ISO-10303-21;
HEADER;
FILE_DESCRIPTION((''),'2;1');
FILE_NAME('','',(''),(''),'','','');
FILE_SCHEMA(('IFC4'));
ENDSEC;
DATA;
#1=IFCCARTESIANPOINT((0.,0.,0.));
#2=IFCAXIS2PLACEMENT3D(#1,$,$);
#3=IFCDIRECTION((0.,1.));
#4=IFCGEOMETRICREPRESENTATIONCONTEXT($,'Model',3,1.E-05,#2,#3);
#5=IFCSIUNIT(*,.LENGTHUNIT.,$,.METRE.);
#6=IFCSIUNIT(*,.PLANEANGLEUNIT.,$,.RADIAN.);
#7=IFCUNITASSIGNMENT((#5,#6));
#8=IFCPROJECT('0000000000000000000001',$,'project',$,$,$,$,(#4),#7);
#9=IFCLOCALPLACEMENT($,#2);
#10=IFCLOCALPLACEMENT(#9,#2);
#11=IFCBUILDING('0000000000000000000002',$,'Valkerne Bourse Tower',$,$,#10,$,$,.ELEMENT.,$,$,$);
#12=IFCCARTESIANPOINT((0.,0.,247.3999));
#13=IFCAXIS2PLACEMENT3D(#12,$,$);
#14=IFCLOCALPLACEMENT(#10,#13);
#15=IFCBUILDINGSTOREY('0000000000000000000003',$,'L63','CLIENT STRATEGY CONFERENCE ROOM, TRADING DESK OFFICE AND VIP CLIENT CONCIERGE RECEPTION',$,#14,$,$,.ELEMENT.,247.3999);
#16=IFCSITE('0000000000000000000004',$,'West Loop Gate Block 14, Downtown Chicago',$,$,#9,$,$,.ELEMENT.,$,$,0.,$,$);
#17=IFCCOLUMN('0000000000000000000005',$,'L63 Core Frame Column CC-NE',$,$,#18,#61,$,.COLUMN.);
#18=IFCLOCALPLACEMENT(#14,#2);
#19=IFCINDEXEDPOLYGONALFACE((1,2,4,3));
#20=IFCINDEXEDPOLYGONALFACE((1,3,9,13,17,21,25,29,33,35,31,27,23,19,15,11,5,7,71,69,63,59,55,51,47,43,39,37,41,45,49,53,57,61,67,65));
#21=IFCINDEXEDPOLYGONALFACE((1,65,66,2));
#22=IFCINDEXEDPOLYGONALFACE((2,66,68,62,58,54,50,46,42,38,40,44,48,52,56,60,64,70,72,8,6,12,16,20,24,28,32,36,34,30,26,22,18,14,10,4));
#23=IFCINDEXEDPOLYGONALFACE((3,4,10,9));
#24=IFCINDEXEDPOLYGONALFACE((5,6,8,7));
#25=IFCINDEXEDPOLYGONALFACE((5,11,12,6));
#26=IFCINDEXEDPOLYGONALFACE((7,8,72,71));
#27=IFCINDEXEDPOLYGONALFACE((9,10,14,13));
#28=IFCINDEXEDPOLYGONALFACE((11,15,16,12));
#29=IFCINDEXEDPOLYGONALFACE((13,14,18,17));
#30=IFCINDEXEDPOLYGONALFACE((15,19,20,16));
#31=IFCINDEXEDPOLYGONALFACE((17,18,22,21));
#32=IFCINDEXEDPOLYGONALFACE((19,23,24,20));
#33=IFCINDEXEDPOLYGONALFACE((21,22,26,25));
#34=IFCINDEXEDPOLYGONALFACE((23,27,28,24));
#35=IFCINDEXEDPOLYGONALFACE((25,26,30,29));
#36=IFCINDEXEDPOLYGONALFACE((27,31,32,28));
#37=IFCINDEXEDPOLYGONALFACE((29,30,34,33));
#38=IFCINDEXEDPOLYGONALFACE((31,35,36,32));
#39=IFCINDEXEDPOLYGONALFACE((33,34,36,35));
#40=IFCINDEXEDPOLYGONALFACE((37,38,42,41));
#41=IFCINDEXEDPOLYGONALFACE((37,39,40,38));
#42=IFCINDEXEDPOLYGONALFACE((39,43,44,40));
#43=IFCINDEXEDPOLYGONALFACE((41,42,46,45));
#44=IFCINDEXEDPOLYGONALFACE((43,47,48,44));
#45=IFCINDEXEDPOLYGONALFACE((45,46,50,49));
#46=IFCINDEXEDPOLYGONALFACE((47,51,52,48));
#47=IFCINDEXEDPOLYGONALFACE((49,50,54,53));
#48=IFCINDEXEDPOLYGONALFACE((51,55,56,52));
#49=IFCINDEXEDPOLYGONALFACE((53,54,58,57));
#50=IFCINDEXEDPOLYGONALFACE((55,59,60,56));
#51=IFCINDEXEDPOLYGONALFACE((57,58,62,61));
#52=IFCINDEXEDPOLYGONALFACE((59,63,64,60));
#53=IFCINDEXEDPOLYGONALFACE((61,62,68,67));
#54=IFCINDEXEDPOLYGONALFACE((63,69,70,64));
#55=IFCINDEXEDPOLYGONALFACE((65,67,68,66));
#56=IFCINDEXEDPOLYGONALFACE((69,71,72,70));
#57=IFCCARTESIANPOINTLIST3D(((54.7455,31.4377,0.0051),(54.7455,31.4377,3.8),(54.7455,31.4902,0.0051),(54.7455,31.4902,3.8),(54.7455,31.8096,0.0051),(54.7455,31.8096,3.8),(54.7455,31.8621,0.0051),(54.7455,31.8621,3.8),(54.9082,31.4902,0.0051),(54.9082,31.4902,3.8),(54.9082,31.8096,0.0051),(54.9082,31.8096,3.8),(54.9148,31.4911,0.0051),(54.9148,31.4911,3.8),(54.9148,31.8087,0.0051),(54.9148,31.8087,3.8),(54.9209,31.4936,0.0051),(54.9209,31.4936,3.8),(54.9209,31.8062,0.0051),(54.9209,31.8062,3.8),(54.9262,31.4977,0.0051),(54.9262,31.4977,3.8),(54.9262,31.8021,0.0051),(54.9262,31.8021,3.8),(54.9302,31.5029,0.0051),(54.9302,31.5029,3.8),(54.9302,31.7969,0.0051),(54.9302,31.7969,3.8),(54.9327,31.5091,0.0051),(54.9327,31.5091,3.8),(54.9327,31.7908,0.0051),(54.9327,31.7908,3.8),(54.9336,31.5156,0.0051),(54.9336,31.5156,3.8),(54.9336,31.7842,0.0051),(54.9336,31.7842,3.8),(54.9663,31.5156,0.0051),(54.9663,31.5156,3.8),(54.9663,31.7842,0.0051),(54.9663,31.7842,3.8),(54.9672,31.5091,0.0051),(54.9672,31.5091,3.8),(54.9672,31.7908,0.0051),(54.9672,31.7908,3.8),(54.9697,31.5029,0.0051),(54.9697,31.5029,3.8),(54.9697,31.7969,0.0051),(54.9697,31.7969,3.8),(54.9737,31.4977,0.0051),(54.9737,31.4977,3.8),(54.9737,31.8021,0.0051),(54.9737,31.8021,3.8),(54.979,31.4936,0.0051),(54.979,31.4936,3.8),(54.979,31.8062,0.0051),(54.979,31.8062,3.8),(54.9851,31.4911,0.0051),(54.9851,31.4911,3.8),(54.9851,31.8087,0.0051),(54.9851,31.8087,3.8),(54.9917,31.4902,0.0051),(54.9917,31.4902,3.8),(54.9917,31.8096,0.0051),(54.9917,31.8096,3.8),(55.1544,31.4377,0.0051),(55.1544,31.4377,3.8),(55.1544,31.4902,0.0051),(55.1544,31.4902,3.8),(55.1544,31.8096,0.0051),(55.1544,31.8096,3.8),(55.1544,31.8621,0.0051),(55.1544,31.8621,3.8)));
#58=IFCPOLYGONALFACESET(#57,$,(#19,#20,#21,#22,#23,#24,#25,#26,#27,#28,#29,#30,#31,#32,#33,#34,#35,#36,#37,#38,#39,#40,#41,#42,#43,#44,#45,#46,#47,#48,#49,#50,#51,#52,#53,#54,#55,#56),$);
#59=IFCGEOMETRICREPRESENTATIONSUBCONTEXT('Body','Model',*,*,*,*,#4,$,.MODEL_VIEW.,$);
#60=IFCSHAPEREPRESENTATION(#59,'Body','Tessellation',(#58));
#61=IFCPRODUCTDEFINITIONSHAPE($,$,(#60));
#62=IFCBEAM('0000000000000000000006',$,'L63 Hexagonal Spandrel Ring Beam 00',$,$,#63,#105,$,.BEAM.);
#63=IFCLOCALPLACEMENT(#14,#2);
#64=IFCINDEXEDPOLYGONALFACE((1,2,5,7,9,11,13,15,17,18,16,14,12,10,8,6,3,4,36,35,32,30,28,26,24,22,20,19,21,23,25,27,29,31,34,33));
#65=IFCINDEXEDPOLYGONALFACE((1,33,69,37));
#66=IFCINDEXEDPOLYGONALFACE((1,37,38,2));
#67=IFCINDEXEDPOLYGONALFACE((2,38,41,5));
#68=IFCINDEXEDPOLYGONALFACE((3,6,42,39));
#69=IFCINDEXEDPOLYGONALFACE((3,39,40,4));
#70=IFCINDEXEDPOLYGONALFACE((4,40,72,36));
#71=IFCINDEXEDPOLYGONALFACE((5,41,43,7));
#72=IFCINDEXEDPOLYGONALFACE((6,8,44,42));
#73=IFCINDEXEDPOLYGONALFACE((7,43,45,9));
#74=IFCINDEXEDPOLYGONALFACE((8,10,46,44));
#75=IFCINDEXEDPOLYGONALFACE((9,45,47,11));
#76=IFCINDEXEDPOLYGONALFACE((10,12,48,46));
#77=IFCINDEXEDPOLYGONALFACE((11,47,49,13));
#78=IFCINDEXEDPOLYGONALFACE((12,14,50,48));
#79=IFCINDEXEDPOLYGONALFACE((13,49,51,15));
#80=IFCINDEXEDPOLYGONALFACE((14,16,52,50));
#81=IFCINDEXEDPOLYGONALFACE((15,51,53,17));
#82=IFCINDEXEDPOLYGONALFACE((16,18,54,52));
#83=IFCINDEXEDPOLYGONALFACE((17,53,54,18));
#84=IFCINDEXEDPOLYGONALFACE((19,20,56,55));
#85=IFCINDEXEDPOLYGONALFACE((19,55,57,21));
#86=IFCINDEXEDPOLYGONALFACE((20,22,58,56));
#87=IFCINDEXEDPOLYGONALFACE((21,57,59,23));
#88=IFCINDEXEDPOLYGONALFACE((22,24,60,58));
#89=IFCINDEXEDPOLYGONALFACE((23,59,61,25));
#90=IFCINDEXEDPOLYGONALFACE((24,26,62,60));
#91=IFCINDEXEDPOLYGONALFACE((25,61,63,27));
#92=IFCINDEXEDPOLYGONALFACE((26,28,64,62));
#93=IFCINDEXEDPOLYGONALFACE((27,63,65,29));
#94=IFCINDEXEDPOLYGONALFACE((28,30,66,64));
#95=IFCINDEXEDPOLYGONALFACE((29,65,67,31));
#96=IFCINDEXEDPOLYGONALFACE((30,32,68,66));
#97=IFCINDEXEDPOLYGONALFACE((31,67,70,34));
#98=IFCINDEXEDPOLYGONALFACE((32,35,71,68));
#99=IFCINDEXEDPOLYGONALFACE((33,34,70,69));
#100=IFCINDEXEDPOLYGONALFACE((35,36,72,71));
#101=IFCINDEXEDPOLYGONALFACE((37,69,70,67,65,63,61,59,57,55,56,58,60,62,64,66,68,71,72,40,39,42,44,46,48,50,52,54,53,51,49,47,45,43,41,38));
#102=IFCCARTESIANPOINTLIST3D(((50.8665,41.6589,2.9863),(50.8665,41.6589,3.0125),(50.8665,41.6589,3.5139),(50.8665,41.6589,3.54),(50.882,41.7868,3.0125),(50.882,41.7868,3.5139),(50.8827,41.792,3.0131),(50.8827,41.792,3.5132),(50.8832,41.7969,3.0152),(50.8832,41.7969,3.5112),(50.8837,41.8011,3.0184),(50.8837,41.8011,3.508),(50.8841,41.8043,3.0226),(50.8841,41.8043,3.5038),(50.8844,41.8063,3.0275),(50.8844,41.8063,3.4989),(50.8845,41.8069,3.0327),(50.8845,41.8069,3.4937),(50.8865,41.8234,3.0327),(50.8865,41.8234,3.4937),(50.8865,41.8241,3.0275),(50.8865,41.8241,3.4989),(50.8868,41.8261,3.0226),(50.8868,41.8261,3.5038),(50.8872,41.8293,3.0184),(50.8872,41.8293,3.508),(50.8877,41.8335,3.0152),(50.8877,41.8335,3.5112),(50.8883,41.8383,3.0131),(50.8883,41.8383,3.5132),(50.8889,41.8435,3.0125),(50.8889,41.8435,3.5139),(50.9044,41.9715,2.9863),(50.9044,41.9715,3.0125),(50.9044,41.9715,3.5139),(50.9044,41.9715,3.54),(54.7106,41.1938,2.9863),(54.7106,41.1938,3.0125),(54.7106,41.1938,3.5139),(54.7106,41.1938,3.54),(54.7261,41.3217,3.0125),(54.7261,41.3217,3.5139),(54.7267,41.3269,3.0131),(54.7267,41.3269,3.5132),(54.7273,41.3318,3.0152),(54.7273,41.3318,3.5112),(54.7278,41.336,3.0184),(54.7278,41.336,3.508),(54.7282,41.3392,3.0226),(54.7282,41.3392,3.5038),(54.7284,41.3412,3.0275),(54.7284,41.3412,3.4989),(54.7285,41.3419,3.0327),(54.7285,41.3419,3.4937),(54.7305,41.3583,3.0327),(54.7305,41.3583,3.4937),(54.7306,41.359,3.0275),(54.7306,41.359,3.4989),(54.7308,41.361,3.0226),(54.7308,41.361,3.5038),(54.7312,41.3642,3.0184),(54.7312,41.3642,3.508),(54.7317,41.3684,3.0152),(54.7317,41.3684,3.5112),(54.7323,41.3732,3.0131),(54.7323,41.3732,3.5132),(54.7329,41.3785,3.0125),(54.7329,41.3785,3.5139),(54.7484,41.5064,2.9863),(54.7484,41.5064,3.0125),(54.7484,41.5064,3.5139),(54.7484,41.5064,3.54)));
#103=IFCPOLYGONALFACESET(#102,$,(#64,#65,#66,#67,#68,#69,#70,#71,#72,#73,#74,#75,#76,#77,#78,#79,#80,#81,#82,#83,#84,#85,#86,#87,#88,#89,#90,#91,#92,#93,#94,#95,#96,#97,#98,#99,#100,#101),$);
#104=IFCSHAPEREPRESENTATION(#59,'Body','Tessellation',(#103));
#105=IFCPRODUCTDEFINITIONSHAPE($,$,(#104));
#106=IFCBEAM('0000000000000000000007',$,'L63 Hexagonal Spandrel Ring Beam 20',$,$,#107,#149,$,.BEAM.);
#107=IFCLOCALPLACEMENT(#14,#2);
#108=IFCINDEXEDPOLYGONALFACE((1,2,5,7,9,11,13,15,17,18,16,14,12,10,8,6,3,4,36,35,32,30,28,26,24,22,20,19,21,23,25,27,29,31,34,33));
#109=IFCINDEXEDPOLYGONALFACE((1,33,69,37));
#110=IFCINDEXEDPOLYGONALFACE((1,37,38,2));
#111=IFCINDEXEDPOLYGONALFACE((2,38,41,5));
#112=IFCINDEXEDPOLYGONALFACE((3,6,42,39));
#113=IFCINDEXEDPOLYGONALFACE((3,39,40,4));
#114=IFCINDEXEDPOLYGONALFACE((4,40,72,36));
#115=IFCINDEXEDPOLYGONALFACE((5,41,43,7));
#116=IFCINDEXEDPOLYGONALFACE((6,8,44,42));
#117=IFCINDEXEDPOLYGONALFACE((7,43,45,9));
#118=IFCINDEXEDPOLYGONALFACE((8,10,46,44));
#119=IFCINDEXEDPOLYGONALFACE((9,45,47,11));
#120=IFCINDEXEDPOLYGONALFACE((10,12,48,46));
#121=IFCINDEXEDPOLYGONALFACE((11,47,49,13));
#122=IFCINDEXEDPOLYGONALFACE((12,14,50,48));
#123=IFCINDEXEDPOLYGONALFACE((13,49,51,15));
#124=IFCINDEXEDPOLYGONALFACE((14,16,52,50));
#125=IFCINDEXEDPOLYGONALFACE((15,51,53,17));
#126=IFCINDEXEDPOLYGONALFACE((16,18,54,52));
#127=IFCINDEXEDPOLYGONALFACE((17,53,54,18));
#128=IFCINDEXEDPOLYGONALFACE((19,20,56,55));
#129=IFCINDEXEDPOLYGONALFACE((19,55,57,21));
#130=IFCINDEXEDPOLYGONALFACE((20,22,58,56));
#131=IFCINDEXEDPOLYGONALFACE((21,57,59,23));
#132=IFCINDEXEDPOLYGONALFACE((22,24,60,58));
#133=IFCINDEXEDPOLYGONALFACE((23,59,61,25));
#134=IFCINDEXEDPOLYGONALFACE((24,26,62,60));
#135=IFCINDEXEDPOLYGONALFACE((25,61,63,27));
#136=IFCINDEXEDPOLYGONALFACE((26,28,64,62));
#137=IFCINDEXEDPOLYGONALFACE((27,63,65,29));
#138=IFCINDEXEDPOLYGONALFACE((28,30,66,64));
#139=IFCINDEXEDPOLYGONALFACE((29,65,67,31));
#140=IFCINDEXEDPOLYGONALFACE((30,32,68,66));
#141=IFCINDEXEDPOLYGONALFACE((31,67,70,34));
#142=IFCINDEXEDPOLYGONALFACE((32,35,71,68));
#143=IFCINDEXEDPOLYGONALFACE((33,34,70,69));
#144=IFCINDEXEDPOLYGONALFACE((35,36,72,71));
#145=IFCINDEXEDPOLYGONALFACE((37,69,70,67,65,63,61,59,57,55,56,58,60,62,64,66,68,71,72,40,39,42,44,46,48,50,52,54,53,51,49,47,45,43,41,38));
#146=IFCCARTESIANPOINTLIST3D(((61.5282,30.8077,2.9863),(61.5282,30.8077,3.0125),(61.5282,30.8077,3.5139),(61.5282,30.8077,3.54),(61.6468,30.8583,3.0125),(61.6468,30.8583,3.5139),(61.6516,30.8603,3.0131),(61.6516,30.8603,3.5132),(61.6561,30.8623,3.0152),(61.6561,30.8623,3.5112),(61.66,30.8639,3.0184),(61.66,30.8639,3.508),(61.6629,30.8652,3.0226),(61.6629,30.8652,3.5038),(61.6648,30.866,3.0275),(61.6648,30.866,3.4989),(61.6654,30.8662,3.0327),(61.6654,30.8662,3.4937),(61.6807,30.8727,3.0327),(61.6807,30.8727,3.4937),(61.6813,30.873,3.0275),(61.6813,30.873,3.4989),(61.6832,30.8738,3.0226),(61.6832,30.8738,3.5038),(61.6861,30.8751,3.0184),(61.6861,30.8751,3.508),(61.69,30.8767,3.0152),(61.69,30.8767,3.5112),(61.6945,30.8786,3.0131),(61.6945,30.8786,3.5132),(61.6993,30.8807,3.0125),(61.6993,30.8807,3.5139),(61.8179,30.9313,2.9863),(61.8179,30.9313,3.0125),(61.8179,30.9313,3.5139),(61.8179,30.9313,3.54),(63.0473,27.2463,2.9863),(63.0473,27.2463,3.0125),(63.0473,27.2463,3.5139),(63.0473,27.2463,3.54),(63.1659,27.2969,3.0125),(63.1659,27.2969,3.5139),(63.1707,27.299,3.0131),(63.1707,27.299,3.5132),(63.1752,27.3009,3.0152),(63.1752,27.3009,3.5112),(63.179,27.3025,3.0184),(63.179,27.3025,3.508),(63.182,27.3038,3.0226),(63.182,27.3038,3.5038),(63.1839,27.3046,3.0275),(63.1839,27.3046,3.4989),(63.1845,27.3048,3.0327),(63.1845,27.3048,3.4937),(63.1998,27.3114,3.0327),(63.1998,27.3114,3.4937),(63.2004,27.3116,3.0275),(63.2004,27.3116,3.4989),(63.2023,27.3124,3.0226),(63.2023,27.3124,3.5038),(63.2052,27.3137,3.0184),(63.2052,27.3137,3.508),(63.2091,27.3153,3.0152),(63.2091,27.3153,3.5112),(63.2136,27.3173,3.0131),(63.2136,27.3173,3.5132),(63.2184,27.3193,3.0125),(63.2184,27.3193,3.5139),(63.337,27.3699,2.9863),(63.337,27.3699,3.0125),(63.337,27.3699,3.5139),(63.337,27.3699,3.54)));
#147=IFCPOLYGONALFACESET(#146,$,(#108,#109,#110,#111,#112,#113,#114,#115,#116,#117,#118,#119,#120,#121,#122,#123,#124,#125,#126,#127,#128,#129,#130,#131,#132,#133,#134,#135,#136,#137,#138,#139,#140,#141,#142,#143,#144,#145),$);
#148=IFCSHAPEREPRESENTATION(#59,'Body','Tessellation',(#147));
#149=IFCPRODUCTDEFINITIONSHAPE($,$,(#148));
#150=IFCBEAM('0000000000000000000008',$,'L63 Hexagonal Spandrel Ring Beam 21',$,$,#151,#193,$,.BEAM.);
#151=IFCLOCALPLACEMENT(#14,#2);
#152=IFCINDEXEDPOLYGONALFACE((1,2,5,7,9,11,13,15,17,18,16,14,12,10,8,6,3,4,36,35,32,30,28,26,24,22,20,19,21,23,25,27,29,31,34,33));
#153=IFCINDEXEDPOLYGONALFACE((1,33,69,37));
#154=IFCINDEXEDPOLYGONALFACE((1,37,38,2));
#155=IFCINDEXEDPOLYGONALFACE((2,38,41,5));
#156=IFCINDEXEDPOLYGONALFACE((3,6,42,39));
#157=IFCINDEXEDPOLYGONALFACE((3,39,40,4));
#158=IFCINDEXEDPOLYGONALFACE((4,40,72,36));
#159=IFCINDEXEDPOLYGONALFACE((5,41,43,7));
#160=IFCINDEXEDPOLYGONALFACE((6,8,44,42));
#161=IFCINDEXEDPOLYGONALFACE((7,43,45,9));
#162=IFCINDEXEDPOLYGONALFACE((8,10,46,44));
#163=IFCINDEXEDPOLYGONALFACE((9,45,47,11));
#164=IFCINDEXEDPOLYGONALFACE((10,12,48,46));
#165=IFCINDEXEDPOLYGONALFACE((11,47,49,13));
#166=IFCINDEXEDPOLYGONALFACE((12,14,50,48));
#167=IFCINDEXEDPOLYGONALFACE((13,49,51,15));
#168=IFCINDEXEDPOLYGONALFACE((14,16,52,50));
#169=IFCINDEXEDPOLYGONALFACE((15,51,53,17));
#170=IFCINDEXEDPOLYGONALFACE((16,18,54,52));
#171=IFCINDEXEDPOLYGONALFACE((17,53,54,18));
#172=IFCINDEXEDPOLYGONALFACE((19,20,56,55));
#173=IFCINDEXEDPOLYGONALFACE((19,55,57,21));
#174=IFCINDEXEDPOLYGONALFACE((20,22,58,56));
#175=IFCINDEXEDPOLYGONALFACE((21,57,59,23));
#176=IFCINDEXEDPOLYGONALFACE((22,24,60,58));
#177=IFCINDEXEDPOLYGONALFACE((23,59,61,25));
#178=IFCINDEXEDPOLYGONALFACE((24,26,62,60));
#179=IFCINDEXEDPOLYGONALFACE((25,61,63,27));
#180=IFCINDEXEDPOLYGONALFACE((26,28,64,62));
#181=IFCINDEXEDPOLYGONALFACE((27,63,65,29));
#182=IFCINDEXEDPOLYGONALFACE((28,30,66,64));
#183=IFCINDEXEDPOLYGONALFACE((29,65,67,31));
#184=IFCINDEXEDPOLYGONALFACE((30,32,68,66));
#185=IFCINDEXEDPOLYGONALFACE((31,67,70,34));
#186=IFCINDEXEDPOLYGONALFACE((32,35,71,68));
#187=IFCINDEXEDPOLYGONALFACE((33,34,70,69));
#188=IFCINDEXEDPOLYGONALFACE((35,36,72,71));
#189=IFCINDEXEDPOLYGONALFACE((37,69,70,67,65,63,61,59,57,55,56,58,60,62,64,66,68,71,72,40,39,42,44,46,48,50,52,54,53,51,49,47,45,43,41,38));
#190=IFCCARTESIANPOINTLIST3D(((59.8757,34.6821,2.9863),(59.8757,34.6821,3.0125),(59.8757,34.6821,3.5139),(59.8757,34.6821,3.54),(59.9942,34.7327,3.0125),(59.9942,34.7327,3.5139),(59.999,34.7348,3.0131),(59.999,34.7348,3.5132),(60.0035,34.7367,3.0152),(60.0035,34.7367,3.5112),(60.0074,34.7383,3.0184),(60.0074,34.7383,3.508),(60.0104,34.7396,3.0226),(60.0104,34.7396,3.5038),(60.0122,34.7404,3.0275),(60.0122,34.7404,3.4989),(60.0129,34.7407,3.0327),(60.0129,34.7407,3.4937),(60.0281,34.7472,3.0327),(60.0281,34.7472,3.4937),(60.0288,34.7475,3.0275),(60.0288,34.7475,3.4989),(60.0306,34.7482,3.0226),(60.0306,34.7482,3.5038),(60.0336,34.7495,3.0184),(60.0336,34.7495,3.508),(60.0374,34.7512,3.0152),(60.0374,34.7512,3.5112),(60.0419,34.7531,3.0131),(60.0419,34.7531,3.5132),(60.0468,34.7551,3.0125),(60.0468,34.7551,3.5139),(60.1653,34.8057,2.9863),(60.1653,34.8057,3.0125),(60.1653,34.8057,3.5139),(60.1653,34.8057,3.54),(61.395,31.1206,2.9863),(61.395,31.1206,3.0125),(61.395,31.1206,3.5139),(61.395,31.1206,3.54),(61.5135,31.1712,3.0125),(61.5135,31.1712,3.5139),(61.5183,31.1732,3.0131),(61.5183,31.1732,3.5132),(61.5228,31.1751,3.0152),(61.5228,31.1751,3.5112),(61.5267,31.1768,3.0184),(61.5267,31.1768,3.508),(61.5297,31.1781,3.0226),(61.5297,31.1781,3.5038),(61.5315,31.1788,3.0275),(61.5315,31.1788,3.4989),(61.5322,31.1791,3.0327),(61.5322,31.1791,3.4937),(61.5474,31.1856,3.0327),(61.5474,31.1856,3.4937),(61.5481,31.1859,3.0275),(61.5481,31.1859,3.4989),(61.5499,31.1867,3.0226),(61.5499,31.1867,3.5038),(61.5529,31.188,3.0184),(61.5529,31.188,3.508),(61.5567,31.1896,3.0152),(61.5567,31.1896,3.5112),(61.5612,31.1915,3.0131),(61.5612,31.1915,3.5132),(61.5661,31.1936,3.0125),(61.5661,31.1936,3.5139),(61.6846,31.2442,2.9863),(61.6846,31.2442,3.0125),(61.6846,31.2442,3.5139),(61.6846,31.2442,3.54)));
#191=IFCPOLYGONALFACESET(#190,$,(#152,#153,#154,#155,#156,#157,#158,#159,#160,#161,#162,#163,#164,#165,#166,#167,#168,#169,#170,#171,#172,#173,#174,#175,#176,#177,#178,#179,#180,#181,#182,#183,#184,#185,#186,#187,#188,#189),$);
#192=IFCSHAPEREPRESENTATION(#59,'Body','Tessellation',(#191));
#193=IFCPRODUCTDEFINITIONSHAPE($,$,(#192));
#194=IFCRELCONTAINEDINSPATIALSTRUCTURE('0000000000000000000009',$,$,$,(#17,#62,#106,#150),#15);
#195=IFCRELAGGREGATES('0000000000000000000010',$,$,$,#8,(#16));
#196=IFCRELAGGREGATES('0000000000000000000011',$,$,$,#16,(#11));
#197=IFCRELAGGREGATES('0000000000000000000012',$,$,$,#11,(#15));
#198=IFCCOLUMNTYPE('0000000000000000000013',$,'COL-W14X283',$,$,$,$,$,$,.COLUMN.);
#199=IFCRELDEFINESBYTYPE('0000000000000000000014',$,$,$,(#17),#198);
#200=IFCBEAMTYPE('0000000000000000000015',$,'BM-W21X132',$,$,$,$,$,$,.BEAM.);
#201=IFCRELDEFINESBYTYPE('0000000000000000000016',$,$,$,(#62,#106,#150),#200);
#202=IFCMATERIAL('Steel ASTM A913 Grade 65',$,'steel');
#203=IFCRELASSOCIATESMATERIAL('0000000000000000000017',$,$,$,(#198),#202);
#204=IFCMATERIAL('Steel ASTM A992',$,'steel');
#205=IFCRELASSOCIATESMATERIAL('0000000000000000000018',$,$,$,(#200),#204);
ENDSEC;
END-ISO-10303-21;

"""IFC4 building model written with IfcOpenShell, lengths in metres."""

from ifc_helpers import new_model, si_unit, direction, frame, origin, origin_2d, place, context, subcontext, project, spatial, i_section, extrude, material, material_profile, profile_set, type_object, element, save


model = new_model("IFC4")

# Units and contexts
model_context = context("Model", 3, precision=1e-05, world=origin(), true_north=direction((0.0, 1.0)))
body_context = subcontext(model_context, "Body", "Model", "MODEL_VIEW")
ifc_project = project(units=[si_unit("LENGTHUNIT", "METRE"), si_unit("PLANEANGLEUNIT", "RADIAN")], contexts=[model_context])

# Site, building, storey
site_placement = place(None, origin())
site = spatial("IfcSite", under=ifc_project, at=site_placement, Name="West Loop Gate Block 14, Downtown Chicago", CompositionType="ELEMENT", RefElevation=0.0)
building_placement = place(site_placement, origin())
building = spatial("IfcBuilding", under=site, at=building_placement, Name="Valkerne Bourse Tower", CompositionType="ELEMENT")
storey_placement = place(building_placement, frame((0.0, 0.0, 247.3999)))
storey = spatial("IfcBuildingStorey", under=building, at=storey_placement, Name="L63", Description="CLIENT STRATEGY CONFERENCE ROOM, TRADING DESK OFFICE AND VIP CLIENT CONCIERGE RECEPTION", CompositionType="ELEMENT", Elevation=247.3999)

# Column
ifc_material_1 = material(Name="Steel ASTM A913 Grade 65", Category="steel")
ifc_material_profile_1 = material_profile(ifc_material_1, i_section(OverallWidth=0.4089, OverallDepth=0.4243, WebThickness=0.0327, FlangeThickness=0.0525, FilletRadius=0.0254, at=origin_2d()), Name="W14X283")
ifc_profile_set_1 = profile_set([ifc_material_profile_1], Name="Steel ASTM A913 Grade 65")
column_type_1 = type_object("IfcColumnType", Name="COL-W14X283", PredefinedType="COLUMN", material=ifc_profile_set_1)
column_1_placement = place(storey_placement, frame((54.95, 31.6499, 0.0051), z_axis=(0.0, 0.0, 1.0), x_axis=(1.0, 0.0, 0.0)))
element("IfcColumn", 1, at=column_1_placement, inside=storey, type_object=column_type_1, Name="L63 Core Frame Column CC-NE", PredefinedType="COLUMN", context=body_context, shape_type="SweptSolid", body=[
    extrude(i_section(OverallWidth=0.4089, OverallDepth=0.4243, WebThickness=0.0327, FlangeThickness=0.0525, FilletRadius=0.0254, at=origin_2d()), origin(), (0.0, 0.0, 1.0), 3.7949),
])

# Beams
ifc_material_2 = material(Name="Steel ASTM A992", Category="steel")
ifc_material_profile_2 = material_profile(ifc_material_2, i_section(OverallWidth=0.3149, OverallDepth=0.5537, WebThickness=0.0166, FlangeThickness=0.0261, FilletRadius=0.0203, at=origin_2d()), Name="W21X132")
ifc_profile_set_2 = profile_set([ifc_material_profile_2], Name="Steel ASTM A992")
beam_type_1 = type_object("IfcBeamType", Name="BM-W21X132", PredefinedType="BEAM", material=ifc_profile_set_2)
beam_1_placement = place(storey_placement, frame((54.7295, 41.3501, 3.2632), z_axis=(-0.99276, 0.120115, 0.0), x_axis=(-0.120115, -0.99276, 0.0)))
element("IfcBeam", 2, at=beam_1_placement, inside=storey, type_object=beam_type_1, Name="L63 Hexagonal Spandrel Ring Beam 00", PredefinedType="BEAM", context=body_context, shape_type="SweptSolid", body=[
    extrude(i_section(OverallWidth=0.3149, OverallDepth=0.5537, WebThickness=0.0166, FlangeThickness=0.0261, FilletRadius=0.0203, at=origin_2d()), origin(), (0.0, 0.0, 1.0), 3.8721),
])
beam_2_placement = place(storey_placement, frame((63.1921, 27.3081, 3.2632), z_axis=(-0.392343, 0.919819, 0.0), x_axis=(-0.919819, -0.392343, 0.0)))
element("IfcBeam", 3, at=beam_2_placement, inside=storey, type_object=beam_type_1, Name="L63 Hexagonal Spandrel Ring Beam 20", PredefinedType="BEAM", context=body_context, shape_type="SweptSolid", body=[
    extrude(i_section(OverallWidth=0.3149, OverallDepth=0.5537, WebThickness=0.0166, FlangeThickness=0.0261, FilletRadius=0.0203, at=origin_2d()), origin(), (0.0, 0.0, 1.0), 3.8718),
])
for number, where, z_axis, x_axis, name in (
    (4, (61.5398, 31.1824, 3.2632), (-0.392374, 0.919806, 0.0), (-0.919806, -0.392374, 0.0), "L63 Hexagonal Spandrel Ring Beam 21"),
):
    element("IfcBeam", number, at=place(storey_placement, frame(where, z_axis=z_axis, x_axis=x_axis)), inside=storey, type_object=beam_type_1, Name=name, PredefinedType="BEAM", context=body_context, shape_type="SweptSolid", body=[
        extrude(i_section(OverallWidth=0.3149, OverallDepth=0.5537, WebThickness=0.0166, FlangeThickness=0.0261, FilletRadius=0.0203, at=origin_2d()), origin(), (0.0, 0.0, 1.0), 3.8721),
    ])

save(model, "model.ifc")
